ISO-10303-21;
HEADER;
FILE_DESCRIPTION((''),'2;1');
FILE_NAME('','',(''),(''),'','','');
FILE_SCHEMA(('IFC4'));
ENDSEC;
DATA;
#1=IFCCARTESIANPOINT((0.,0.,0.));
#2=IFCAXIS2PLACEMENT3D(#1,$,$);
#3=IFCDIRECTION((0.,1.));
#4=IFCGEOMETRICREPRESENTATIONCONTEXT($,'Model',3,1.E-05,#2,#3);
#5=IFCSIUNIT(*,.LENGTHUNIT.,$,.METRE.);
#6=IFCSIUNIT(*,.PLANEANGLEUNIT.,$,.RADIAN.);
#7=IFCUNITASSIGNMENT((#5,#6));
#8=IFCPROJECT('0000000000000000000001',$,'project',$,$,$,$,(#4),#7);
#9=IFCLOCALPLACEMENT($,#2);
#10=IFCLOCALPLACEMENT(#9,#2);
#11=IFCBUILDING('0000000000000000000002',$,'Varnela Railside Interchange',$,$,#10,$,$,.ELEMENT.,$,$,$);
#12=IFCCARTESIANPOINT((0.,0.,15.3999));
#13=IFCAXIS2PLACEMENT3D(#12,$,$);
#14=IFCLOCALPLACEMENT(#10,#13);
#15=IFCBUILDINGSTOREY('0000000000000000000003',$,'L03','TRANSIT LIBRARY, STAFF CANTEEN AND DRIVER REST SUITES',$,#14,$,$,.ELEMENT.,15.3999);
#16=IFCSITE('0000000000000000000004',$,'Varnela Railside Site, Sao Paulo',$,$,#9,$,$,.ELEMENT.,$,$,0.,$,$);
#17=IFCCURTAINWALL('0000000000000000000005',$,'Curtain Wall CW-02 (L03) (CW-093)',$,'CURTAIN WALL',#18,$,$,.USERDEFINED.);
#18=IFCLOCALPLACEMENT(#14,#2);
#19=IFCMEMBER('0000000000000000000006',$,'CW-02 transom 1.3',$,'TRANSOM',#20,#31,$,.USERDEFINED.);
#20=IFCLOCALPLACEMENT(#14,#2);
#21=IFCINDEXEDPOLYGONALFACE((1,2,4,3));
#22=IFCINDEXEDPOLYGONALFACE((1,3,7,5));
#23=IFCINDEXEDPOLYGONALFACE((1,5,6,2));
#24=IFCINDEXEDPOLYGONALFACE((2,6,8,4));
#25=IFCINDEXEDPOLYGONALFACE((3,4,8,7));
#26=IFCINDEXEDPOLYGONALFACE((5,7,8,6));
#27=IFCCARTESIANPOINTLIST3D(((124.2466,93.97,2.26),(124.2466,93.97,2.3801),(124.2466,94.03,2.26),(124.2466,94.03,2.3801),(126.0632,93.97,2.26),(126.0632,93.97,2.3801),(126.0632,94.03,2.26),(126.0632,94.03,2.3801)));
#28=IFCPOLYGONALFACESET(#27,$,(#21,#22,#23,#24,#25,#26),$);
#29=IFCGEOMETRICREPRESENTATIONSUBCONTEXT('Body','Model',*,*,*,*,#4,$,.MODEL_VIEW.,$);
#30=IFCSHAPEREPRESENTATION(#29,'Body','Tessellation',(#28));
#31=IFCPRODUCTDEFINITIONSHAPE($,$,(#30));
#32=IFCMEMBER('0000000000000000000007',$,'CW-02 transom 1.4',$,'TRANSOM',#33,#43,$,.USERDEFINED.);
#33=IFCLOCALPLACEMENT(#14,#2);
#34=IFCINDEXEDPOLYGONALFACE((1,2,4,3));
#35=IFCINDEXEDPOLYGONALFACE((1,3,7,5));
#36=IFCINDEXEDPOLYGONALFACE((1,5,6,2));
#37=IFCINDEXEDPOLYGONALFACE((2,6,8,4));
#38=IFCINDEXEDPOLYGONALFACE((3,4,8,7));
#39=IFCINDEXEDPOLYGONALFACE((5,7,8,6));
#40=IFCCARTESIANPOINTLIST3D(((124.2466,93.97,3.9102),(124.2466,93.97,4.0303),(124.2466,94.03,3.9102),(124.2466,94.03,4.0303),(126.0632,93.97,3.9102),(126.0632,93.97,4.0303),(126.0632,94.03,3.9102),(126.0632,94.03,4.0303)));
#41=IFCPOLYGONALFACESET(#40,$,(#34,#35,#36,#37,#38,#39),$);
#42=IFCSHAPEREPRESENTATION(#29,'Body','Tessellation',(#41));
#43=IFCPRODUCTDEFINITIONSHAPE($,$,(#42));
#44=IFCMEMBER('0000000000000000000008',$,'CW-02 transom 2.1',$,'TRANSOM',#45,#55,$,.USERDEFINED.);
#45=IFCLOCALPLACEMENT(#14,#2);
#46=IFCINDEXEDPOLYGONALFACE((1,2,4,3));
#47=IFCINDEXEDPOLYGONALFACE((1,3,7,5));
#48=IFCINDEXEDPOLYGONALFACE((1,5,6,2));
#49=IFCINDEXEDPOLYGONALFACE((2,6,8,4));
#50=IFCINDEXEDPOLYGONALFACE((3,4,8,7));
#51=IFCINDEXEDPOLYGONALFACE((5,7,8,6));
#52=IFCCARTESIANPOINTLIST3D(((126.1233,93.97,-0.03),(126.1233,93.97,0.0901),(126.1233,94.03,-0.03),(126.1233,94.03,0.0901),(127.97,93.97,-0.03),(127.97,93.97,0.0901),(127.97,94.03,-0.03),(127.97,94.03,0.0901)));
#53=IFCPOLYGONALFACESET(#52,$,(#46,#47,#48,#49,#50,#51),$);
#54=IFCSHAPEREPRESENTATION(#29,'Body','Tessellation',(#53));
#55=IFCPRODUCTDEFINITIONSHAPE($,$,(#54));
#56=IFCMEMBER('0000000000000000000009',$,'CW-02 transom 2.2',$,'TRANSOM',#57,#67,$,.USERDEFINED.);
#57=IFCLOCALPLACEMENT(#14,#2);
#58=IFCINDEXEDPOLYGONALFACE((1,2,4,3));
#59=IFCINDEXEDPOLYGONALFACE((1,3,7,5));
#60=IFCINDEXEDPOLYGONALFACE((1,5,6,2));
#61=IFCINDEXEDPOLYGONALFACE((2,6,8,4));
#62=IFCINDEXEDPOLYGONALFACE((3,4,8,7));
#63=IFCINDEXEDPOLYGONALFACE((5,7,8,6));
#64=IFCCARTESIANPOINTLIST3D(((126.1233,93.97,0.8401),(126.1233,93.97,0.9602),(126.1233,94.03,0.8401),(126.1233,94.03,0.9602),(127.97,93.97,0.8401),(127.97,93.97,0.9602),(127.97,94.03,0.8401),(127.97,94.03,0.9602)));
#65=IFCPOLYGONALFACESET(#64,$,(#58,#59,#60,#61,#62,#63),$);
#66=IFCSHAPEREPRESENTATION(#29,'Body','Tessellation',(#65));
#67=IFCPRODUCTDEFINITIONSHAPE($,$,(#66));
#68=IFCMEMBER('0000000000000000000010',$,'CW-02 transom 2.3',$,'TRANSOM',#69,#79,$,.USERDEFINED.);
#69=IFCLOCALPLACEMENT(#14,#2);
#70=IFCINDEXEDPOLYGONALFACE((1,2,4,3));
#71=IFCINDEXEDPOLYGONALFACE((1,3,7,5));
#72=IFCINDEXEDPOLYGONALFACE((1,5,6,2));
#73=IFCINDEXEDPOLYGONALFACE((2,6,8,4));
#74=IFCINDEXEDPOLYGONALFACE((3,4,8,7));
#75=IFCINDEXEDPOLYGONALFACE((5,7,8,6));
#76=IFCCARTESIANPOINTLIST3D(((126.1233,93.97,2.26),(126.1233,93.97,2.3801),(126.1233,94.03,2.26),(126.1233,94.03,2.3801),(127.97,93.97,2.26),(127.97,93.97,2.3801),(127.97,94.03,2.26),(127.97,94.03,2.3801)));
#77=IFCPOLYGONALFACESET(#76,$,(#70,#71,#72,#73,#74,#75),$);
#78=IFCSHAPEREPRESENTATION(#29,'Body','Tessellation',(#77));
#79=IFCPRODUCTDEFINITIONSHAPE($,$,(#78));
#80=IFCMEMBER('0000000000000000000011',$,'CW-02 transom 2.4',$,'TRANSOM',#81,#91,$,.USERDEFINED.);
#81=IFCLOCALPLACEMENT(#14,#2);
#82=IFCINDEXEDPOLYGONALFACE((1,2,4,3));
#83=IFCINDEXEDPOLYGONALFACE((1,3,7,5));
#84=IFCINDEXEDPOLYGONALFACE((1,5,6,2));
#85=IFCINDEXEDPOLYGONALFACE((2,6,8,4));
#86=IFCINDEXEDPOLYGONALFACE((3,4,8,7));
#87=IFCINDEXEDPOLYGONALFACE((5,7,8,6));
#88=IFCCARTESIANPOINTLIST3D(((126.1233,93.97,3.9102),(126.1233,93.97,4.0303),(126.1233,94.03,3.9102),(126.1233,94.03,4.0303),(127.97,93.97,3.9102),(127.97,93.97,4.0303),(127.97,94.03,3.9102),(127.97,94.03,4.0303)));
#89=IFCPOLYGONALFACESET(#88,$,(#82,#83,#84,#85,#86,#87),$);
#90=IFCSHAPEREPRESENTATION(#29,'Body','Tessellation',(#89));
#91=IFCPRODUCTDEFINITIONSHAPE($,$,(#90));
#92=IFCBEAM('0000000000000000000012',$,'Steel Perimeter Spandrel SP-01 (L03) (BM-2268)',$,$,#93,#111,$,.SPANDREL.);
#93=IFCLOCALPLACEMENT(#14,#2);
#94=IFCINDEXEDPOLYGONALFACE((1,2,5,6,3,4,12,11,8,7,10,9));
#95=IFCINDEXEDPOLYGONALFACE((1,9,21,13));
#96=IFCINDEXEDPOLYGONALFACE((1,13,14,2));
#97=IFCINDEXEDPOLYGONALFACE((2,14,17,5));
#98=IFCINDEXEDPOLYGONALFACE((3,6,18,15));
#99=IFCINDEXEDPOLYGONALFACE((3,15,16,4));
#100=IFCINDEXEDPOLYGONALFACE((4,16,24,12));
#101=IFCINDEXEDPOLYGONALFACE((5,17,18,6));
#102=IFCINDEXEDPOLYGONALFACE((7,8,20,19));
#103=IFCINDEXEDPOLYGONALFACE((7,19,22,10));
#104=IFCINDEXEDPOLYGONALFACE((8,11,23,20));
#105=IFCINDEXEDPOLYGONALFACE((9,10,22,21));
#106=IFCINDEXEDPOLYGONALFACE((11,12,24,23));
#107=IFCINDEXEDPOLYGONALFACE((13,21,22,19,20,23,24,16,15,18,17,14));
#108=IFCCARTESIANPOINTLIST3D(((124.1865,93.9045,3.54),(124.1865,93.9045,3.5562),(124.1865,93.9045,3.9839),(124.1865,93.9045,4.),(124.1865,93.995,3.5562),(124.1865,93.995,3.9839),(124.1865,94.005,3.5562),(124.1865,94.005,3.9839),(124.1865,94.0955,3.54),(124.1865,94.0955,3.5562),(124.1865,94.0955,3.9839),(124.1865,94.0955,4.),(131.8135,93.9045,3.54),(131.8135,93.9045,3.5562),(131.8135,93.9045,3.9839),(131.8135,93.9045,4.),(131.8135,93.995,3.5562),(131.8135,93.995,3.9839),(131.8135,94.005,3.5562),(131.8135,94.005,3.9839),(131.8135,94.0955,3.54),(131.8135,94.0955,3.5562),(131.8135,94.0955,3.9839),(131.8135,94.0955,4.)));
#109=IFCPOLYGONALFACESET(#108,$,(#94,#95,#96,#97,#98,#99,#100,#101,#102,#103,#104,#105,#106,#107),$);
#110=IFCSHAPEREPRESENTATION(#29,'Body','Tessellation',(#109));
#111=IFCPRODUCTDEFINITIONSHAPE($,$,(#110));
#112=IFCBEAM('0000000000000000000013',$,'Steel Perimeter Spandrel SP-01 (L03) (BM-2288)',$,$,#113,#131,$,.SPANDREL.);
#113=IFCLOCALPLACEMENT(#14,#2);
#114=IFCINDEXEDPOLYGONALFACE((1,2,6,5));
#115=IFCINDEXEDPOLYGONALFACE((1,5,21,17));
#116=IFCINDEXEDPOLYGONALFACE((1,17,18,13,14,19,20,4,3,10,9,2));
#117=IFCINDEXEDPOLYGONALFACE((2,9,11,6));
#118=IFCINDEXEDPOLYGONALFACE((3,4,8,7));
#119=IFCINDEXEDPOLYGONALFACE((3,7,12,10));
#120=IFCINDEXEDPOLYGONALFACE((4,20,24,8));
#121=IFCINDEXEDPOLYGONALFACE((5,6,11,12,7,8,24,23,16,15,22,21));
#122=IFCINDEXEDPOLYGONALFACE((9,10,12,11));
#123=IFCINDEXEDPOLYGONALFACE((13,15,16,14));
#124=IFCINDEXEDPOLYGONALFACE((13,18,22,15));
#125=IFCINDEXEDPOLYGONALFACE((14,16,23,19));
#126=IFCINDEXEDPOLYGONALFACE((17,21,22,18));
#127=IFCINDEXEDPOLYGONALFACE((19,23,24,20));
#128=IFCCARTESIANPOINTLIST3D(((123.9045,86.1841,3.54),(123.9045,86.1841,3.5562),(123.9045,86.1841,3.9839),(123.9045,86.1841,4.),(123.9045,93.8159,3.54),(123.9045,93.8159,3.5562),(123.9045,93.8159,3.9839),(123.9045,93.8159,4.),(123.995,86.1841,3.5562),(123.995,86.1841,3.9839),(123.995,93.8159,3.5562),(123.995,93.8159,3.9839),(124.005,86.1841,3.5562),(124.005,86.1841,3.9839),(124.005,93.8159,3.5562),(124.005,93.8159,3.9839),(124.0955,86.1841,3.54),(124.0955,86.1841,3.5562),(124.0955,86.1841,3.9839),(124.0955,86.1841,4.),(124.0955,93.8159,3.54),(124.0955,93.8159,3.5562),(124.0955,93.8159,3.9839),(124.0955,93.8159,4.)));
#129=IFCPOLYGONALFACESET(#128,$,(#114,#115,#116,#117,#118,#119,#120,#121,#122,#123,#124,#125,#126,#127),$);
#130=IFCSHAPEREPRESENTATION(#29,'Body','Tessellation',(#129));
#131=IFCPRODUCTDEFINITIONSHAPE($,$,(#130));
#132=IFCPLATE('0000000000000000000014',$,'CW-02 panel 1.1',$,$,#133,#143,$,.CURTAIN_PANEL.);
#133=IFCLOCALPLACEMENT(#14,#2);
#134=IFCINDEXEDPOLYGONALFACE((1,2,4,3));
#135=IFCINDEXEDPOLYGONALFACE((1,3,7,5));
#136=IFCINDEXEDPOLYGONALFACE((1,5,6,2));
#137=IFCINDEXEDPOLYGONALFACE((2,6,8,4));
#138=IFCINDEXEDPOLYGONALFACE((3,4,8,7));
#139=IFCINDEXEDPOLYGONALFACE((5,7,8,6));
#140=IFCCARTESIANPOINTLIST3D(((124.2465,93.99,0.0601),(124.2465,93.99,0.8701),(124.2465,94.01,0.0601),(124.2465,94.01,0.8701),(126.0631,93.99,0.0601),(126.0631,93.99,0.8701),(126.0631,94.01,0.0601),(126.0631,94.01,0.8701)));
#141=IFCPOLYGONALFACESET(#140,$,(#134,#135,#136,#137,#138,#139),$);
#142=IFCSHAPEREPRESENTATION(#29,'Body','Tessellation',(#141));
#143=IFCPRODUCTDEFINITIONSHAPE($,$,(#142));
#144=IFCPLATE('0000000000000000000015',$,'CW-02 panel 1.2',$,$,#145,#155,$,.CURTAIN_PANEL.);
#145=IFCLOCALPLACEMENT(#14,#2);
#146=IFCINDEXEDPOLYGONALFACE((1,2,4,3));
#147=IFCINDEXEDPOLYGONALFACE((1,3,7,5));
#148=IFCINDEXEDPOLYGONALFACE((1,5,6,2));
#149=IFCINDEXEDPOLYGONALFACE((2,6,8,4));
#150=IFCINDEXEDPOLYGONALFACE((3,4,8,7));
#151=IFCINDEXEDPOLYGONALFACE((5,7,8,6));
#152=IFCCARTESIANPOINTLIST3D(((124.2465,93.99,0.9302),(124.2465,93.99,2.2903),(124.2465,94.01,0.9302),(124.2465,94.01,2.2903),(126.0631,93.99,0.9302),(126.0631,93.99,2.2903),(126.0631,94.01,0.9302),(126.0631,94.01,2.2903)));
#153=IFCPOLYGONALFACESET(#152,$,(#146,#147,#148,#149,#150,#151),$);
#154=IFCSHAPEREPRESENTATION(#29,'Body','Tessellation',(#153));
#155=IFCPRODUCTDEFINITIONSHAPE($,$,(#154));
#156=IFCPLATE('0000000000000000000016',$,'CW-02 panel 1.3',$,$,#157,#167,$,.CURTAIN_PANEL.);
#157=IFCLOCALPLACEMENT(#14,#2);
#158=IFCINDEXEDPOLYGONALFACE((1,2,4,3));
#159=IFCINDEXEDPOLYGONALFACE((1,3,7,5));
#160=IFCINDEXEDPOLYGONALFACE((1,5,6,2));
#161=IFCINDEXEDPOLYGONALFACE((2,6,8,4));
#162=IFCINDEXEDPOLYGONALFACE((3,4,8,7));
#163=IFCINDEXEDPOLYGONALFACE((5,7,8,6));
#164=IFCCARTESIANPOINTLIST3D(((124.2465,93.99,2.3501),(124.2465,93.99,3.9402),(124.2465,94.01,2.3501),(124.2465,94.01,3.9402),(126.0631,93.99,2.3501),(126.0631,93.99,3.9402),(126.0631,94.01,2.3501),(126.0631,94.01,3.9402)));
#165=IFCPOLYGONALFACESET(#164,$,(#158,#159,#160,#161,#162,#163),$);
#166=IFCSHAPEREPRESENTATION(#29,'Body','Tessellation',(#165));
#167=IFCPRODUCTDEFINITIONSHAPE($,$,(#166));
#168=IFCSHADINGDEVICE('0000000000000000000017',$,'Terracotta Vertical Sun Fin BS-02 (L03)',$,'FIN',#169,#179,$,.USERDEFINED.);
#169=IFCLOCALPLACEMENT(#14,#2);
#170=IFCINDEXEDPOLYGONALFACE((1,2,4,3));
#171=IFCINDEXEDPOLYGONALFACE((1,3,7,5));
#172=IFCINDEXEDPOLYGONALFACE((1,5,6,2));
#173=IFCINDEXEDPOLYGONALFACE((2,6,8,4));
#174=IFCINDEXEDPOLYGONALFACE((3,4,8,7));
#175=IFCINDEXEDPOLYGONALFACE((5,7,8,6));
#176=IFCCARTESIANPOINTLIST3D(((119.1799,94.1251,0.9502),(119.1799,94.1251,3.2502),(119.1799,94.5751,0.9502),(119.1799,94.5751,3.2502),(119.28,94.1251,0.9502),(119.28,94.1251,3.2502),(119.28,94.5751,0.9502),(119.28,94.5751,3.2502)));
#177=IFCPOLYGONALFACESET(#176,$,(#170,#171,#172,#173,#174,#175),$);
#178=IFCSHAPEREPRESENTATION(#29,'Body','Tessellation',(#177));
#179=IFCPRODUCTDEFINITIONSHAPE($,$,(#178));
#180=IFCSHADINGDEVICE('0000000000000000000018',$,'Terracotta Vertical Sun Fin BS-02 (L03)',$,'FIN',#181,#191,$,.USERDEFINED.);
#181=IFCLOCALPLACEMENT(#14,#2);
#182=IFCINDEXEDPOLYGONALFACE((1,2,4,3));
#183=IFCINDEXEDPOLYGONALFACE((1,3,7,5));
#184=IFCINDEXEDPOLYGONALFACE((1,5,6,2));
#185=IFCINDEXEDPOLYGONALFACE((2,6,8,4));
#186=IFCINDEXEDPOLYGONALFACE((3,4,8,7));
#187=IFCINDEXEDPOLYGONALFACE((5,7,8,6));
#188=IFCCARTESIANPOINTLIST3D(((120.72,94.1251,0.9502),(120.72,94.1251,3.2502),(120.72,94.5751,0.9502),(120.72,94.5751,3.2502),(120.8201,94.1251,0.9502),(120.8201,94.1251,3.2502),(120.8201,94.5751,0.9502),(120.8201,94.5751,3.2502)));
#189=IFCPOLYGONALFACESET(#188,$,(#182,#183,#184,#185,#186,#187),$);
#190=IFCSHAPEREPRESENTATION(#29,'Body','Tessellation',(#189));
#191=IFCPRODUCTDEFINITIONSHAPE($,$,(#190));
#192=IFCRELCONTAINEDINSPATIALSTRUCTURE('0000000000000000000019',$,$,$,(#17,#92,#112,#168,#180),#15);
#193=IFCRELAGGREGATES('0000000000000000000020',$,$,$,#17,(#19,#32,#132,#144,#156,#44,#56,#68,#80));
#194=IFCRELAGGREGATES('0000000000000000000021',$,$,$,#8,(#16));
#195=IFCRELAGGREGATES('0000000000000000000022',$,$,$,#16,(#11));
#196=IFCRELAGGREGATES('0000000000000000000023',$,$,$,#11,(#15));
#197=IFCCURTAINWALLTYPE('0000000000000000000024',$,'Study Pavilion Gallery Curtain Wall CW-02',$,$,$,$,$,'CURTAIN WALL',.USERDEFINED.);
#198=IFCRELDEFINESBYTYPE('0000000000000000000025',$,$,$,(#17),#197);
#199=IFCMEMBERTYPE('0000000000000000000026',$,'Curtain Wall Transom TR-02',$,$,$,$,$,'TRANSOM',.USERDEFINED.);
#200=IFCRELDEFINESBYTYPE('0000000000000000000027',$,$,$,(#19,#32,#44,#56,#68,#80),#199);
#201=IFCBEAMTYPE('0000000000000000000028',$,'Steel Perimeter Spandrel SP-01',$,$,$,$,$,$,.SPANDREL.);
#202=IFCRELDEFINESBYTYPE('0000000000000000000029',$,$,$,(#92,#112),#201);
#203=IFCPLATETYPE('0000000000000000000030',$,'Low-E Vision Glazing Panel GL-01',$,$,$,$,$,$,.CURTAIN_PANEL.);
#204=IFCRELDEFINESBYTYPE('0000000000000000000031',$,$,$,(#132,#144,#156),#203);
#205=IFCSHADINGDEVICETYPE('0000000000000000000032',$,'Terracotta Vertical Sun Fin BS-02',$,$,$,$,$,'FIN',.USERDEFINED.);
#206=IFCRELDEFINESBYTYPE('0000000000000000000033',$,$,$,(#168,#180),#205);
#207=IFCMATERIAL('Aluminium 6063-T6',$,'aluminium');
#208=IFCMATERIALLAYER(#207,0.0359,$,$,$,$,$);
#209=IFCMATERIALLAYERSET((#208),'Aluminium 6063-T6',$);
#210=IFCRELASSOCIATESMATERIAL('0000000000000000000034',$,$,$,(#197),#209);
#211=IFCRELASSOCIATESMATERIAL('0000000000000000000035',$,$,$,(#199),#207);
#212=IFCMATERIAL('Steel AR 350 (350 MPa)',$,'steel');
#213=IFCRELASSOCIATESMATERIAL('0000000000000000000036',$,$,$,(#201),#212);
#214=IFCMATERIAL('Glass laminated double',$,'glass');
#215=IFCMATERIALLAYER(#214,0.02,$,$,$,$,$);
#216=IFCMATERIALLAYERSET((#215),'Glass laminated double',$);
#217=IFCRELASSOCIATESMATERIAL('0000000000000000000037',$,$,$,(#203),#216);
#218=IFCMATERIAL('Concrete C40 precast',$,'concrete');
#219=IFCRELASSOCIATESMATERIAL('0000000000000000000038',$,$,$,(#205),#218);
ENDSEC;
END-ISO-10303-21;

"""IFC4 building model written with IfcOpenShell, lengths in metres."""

from ifc_helpers import new_model, si_unit, direction, frame, origin, origin_2d, place, context, subcontext, project, spatial, rectangle, i_section, extrude, material, layer, layer_set, material_profile, profile_set, type_object, element, aggregate, save


model = new_model("IFC4")

# Units and contexts
model_context = context("Model", 3, precision=1e-05, world=origin(), true_north=direction((0.0, 1.0)))
body_context = subcontext(model_context, "Body", "Model", "MODEL_VIEW")
ifc_project = project(units=[si_unit("LENGTHUNIT", "METRE"), si_unit("PLANEANGLEUNIT", "RADIAN")], contexts=[model_context])

# Site, building, storey
site_placement = place(None, origin())
site = spatial("IfcSite", under=ifc_project, at=site_placement, Name="Varnela Railside Site, Sao Paulo", CompositionType="ELEMENT", RefElevation=0.0)
building_placement = place(site_placement, origin())
building = spatial("IfcBuilding", under=site, at=building_placement, Name="Varnela Railside Interchange", CompositionType="ELEMENT")
storey_placement = place(building_placement, frame((0.0, 0.0, 15.3999)))
storey = spatial("IfcBuildingStorey", under=building, at=storey_placement, Name="L03", Description="TRANSIT LIBRARY, STAFF CANTEEN AND DRIVER REST SUITES", CompositionType="ELEMENT", Elevation=15.3999)

# Shared definitions
ifc_material_1 = material(Name="Steel AR 350 (350 MPa)", Category="steel")

# Curtain wall, members
ifc_material_2 = material(Name="Aluminium 6063-T6", Category="aluminium")
ifc_layer_1 = layer(ifc_material_2, 0.0359)
ifc_layer_set_1 = layer_set([ifc_layer_1], Name="Aluminium 6063-T6")
curtain_wall_type = type_object("IfcCurtainWallType", Name="Study Pavilion Gallery Curtain Wall CW-02", ElementType="CURTAIN WALL", PredefinedType="USERDEFINED", material=ifc_layer_set_1)
curtain_wall_placement = place(storey_placement, origin())
curtain_wall = element("IfcCurtainWall", 1, at=curtain_wall_placement, inside=storey, type_object=curtain_wall_type, Name="Curtain Wall CW-02 (L03) (CW-093)", ObjectType="CURTAIN WALL", PredefinedType="USERDEFINED")
ifc_material_profile_1 = material_profile(ifc_material_2, rectangle(XDim=0.0601, YDim=0.1201, at=origin_2d()), Name="ALU 60x120")
ifc_profile_set_1 = profile_set([ifc_material_profile_1], Name="Aluminium 6063-T6")
member_type_1 = type_object("IfcMemberType", Name="Curtain Wall Transom TR-02", ElementType="TRANSOM", PredefinedType="USERDEFINED", material=ifc_profile_set_1)
member_1_placement = place(storey_placement, frame((124.2466, 94.0, 2.3201), z_axis=(1.0, 0.0, 0.0), x_axis=(0.0, 1.0, 0.0)))
member_1 = element("IfcMember", 2, at=member_1_placement, type_object=member_type_1, Name="CW-02 transom 1.3", ObjectType="TRANSOM", PredefinedType="USERDEFINED", context=body_context, shape_type="SweptSolid", body=[
    extrude(rectangle(XDim=0.0601, YDim=0.1201, at=origin_2d()), origin(), (0.0, 0.0, 1.0), 1.8167),
])
member_2_placement = place(storey_placement, frame((124.2466, 94.0, 3.9702), z_axis=(1.0, 0.0, 0.0), x_axis=(0.0, 1.0, 0.0)))
member_2 = element("IfcMember", 3, at=member_2_placement, type_object=member_type_1, Name="CW-02 transom 1.4", ObjectType="TRANSOM", PredefinedType="USERDEFINED", context=body_context, shape_type="SweptSolid", body=[
    extrude(rectangle(XDim=0.0601, YDim=0.1201, at=origin_2d()), origin(), (0.0, 0.0, 1.0), 1.8167),
])
member_3_placement = place(storey_placement, frame((126.1233, 94.0, 0.03), z_axis=(1.0, 0.0, 0.0), x_axis=(0.0, 1.0, 0.0)))
member_3 = element("IfcMember", 4, at=member_3_placement, type_object=member_type_1, Name="CW-02 transom 2.1", ObjectType="TRANSOM", PredefinedType="USERDEFINED", context=body_context, shape_type="SweptSolid", body=[
    extrude(rectangle(XDim=0.0601, YDim=0.1201, at=origin_2d()), origin(), (0.0, 0.0, 1.0), 1.8467),
])
member_4_placement = place(storey_placement, frame((126.1233, 94.0, 0.9001), z_axis=(1.0, 0.0, 0.0), x_axis=(0.0, 1.0, 0.0)))
member_4 = element("IfcMember", 5, at=member_4_placement, type_object=member_type_1, Name="CW-02 transom 2.2", ObjectType="TRANSOM", PredefinedType="USERDEFINED", context=body_context, shape_type="SweptSolid", body=[
    extrude(rectangle(XDim=0.0601, YDim=0.1201, at=origin_2d()), origin(), (0.0, 0.0, 1.0), 1.8467),
])
member_5_placement = place(storey_placement, frame((126.1233, 94.0, 2.3201), z_axis=(1.0, 0.0, 0.0), x_axis=(0.0, 1.0, 0.0)))
member_5 = element("IfcMember", 6, at=member_5_placement, type_object=member_type_1, Name="CW-02 transom 2.3", ObjectType="TRANSOM", PredefinedType="USERDEFINED", context=body_context, shape_type="SweptSolid", body=[
    extrude(rectangle(XDim=0.0601, YDim=0.1201, at=origin_2d()), origin(), (0.0, 0.0, 1.0), 1.8467),
])
member_6_placement = place(storey_placement, frame((126.1233, 94.0, 3.9702), z_axis=(1.0, 0.0, 0.0), x_axis=(0.0, 1.0, 0.0)))
member_6 = element("IfcMember", 7, at=member_6_placement, type_object=member_type_1, Name="CW-02 transom 2.4", ObjectType="TRANSOM", PredefinedType="USERDEFINED", context=body_context, shape_type="SweptSolid", body=[
    extrude(rectangle(XDim=0.0601, YDim=0.1201, at=origin_2d()), origin(), (0.0, 0.0, 1.0), 1.8467),
])

# Beams
ifc_material_profile_2 = material_profile(ifc_material_1, i_section(OverallWidth=0.1909, OverallDepth=0.46, WebThickness=0.01, FlangeThickness=0.0161, at=origin_2d()), Name="W460x82")
ifc_profile_set_2 = profile_set([ifc_material_profile_2], Name="Steel AR 350 (350 MPa)")
beam_type_1 = type_object("IfcBeamType", Name="Steel Perimeter Spandrel SP-01", PredefinedType="SPANDREL", material=ifc_profile_set_2)
beam_1_placement = place(storey_placement, frame((124.1865, 94.0, 3.77), z_axis=(1.0, 0.0, 0.0), x_axis=(0.0, 1.0, 0.0)))
element("IfcBeam", 8, at=beam_1_placement, inside=storey, type_object=beam_type_1, Name="Steel Perimeter Spandrel SP-01 (L03) (BM-2268)", PredefinedType="SPANDREL", context=body_context, shape_type="SweptSolid", body=[
    extrude(i_section(OverallWidth=0.1909, OverallDepth=0.46, WebThickness=0.01, FlangeThickness=0.0161, at=origin_2d()), origin(), (0.0, 0.0, 1.0), 7.627),
])
beam_2_placement = place(storey_placement, frame((124.0, 86.1841, 3.77), z_axis=(0.0, 1.0, 0.0), x_axis=(-1.0, 0.0, 0.0)))
element("IfcBeam", 9, at=beam_2_placement, inside=storey, type_object=beam_type_1, Name="Steel Perimeter Spandrel SP-01 (L03) (BM-2288)", PredefinedType="SPANDREL", context=body_context, shape_type="SweptSolid", body=[
    extrude(i_section(OverallWidth=0.1909, OverallDepth=0.46, WebThickness=0.01, FlangeThickness=0.0161, at=origin_2d()), origin(), (0.0, 0.0, 1.0), 7.6318),
])

# Plates
ifc_material_3 = material(Name="Glass laminated double", Category="glass")
ifc_layer_2 = layer(ifc_material_3, 0.02)
ifc_layer_set_2 = layer_set([ifc_layer_2], Name="Glass laminated double")
plate_type = type_object("IfcPlateType", Name="Low-E Vision Glazing Panel GL-01", PredefinedType="CURTAIN_PANEL", material=ifc_layer_set_2)
plate_1_placement = place(storey_placement, frame((125.1548, 94.0, 0.0601), z_axis=(0.0, 0.0, 1.0), x_axis=(1.0, 0.0, 0.0)))
plate_1 = element("IfcPlate", 10, at=plate_1_placement, type_object=plate_type, Name="CW-02 panel 1.1", PredefinedType="CURTAIN_PANEL", context=body_context, shape_type="SweptSolid", body=[
    extrude(rectangle(XDim=1.8167, YDim=0.02, at=origin_2d()), origin(), (0.0, 0.0, 1.0), 0.8101),
])
plate_2_placement = place(storey_placement, frame((125.1548, 94.0, 0.9302), z_axis=(0.0, 0.0, 1.0), x_axis=(1.0, 0.0, 0.0)))
plate_2 = element("IfcPlate", 11, at=plate_2_placement, type_object=plate_type, Name="CW-02 panel 1.2", PredefinedType="CURTAIN_PANEL", context=body_context, shape_type="SweptSolid", body=[
    extrude(rectangle(XDim=1.8167, YDim=0.02, at=origin_2d()), origin(), (0.0, 0.0, 1.0), 1.3601),
])
plate_3_placement = place(storey_placement, frame((125.1548, 94.0, 2.3501), z_axis=(0.0, 0.0, 1.0), x_axis=(1.0, 0.0, 0.0)))
plate_3 = element("IfcPlate", 12, at=plate_3_placement, type_object=plate_type, Name="CW-02 panel 1.3", PredefinedType="CURTAIN_PANEL", context=body_context, shape_type="SweptSolid", body=[
    extrude(rectangle(XDim=1.8167, YDim=0.02, at=origin_2d()), origin(), (0.0, 0.0, 1.0), 1.5901),
])
aggregate(curtain_wall, [member_1, member_2, plate_1, plate_2, plate_3, member_3, member_4, member_5, member_6])

# Shading devices
ifc_material_4 = material(Name="Concrete C40 precast", Category="concrete")
shading_device_type = type_object("IfcShadingDeviceType", Name="Terracotta Vertical Sun Fin BS-02", ElementType="FIN", PredefinedType="USERDEFINED", material=ifc_material_4)
for number, where, z_axis, x_axis, name in (
    (13, (119.23, 94.3501, 0.9502), (0.0, 0.0, 1.0), (0.0, 1.0, 0.0), "Terracotta Vertical Sun Fin BS-02 (L03)"),
    (14, (120.77, 94.3501, 0.9502), (0.0, 0.0, 1.0), (0.0, 1.0, 0.0), "Terracotta Vertical Sun Fin BS-02 (L03)"),
):
    element("IfcShadingDevice", number, at=place(storey_placement, frame(where, z_axis=z_axis, x_axis=x_axis)), inside=storey, type_object=shading_device_type, Name=name, ObjectType="FIN", PredefinedType="USERDEFINED", context=body_context, shape_type="SweptSolid", body=[
        extrude(rectangle(XDim=0.45, YDim=0.1001, at=origin_2d()), origin(), (0.0, 0.0, 1.0), 2.3),
    ])

save(model, "model.ifc")
